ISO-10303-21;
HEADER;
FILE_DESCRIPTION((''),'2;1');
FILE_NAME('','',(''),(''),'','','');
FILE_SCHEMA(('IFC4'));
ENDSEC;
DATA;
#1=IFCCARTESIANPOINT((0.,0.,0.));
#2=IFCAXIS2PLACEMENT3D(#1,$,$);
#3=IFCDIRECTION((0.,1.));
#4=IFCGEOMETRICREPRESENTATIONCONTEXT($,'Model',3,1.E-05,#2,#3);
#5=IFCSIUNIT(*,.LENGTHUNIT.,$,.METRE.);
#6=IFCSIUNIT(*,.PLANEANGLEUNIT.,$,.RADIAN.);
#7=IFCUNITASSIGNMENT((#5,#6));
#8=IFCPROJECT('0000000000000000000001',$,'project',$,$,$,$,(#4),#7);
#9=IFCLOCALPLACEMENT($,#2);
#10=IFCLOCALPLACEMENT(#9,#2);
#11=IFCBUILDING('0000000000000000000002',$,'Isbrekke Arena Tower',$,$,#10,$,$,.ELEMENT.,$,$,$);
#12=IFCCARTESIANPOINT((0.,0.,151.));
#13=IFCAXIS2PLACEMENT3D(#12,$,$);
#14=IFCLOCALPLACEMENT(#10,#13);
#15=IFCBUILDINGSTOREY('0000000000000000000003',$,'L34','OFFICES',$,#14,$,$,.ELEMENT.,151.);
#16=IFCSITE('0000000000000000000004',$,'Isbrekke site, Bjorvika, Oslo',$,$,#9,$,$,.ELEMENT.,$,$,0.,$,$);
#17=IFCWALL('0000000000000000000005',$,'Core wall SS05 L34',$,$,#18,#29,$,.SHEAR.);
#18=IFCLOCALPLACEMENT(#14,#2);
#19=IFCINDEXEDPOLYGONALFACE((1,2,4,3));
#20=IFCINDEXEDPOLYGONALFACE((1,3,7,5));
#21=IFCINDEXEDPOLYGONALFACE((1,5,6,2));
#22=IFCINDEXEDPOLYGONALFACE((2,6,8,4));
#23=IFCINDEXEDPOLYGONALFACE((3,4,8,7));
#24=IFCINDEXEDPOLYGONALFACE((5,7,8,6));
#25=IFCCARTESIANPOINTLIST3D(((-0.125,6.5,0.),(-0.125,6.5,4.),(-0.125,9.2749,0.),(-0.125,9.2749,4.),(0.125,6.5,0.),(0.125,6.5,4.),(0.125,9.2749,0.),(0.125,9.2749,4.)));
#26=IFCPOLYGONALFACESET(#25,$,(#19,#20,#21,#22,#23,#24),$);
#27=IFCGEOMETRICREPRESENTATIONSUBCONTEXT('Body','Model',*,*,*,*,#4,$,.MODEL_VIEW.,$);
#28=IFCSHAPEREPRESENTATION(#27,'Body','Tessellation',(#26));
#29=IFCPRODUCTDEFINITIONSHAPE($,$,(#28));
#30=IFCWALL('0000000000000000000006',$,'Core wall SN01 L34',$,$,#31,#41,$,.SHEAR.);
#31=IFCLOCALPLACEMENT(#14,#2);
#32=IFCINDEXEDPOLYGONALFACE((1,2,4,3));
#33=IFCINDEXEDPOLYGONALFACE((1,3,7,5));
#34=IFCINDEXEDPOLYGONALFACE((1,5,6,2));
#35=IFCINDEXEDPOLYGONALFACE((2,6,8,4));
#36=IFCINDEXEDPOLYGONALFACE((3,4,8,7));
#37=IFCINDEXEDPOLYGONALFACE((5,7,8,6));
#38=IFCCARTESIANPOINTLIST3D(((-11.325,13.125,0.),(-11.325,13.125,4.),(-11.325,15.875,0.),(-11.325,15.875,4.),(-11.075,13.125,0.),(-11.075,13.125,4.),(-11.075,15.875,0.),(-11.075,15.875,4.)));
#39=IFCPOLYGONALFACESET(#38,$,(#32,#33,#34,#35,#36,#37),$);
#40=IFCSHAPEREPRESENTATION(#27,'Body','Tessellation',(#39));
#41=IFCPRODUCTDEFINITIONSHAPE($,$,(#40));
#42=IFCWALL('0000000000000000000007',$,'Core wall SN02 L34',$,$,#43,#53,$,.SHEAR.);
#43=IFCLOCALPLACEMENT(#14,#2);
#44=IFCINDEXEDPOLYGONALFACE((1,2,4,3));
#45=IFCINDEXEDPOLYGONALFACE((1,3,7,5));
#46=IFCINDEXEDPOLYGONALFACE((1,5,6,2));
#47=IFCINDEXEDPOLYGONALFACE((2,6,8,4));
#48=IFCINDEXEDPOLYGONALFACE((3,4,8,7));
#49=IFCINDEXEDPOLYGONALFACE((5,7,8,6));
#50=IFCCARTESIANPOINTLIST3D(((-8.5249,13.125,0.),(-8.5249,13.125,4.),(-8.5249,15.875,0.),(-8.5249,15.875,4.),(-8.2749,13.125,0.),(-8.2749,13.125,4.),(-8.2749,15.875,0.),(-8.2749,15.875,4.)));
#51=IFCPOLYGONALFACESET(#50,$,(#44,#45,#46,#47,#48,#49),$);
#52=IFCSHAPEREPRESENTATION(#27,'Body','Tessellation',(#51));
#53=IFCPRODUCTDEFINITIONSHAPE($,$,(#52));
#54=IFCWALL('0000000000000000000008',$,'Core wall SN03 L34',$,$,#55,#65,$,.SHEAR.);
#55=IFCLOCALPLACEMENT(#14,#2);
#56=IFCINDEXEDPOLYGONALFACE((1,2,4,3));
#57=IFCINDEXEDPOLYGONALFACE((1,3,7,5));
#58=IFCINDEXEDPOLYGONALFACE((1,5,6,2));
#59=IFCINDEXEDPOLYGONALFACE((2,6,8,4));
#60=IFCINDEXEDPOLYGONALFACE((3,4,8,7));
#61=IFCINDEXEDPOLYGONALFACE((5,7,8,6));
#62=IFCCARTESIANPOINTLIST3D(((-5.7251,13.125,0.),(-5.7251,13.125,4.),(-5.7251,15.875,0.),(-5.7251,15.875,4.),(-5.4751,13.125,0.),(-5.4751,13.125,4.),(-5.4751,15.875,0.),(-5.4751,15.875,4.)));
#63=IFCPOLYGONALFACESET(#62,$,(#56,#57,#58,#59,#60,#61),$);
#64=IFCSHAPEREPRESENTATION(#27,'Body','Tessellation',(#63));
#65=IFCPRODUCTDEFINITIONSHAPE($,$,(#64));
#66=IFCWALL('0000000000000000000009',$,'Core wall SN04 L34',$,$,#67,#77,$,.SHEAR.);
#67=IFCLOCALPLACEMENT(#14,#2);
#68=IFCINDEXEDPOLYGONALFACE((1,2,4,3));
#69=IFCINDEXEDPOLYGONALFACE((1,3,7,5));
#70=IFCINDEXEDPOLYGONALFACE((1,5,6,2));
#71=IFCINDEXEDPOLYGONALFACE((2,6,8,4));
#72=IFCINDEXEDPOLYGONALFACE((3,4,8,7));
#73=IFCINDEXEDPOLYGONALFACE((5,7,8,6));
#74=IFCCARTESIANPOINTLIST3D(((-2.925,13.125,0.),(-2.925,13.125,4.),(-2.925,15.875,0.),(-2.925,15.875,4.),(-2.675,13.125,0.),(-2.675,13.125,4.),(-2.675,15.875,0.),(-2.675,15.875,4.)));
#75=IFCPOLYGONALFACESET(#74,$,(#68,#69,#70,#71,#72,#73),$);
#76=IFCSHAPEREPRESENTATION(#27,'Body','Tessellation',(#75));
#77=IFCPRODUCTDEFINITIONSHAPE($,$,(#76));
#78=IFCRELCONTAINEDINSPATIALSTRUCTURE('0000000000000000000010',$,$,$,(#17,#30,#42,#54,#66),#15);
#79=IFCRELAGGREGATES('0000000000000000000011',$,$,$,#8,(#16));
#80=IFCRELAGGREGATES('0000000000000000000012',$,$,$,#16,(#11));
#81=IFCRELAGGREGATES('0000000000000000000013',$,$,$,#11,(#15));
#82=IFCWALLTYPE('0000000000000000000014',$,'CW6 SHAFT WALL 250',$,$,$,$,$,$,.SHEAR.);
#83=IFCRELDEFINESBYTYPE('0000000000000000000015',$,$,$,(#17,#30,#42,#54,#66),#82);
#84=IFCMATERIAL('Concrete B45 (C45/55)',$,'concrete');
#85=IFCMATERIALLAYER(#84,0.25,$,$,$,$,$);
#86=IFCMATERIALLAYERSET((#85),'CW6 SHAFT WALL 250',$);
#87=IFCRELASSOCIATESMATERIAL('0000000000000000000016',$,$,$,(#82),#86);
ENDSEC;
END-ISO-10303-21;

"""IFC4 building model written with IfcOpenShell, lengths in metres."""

from ifc_helpers import new_model, si_unit, direction, frame, frame_2d, origin, place, context, subcontext, project, spatial, rectangle, extrude, material, layer, layer_set, type_object, element, save


model = new_model("IFC4")

# Units and contexts
model_context = context("Model", 3, precision=1e-05, world=origin(), true_north=direction((0.0, 1.0)))
body_context = subcontext(model_context, "Body", "Model", "MODEL_VIEW")
ifc_project = project(units=[si_unit("LENGTHUNIT", "METRE"), si_unit("PLANEANGLEUNIT", "RADIAN")], contexts=[model_context])

# Site, building, storey
site_placement = place(None, origin())
site = spatial("IfcSite", under=ifc_project, at=site_placement, Name="Isbrekke site, Bjorvika, Oslo", CompositionType="ELEMENT", RefElevation=0.0)
building_placement = place(site_placement, origin())
building = spatial("IfcBuilding", under=site, at=building_placement, Name="Isbrekke Arena Tower", CompositionType="ELEMENT")
storey_placement = place(building_placement, frame((0.0, 0.0, 151.0)))
storey = spatial("IfcBuildingStorey", under=building, at=storey_placement, Name="L34", Description="OFFICES", CompositionType="ELEMENT", Elevation=151.0)

# Shared definitions
ifc_material_1 = material(Name="Concrete B45 (C45/55)", Category="concrete")
ifc_layer_1 = layer(ifc_material_1, 0.25)
ifc_layer_set_1 = layer_set([ifc_layer_1], Name="CW6 SHAFT WALL 250")
wall_type_1 = type_object("IfcWallType", Name="CW6 SHAFT WALL 250", PredefinedType="SHEAR", material=ifc_layer_set_1)

# Walls
for number, where, z_axis, x_axis, name in (
    (1, (0.0, 6.5, 0.0), (0.0, 0.0, 1.0), (0.0, 1.0, 0.0), "Core wall SS05 L34"),
):
    element("IfcWall", number, at=place(storey_placement, frame(where, z_axis=z_axis, x_axis=x_axis)), inside=storey, type_object=wall_type_1, Name=name, PredefinedType="SHEAR", context=body_context, shape_type="SweptSolid", body=[
        extrude(rectangle(XDim=2.7749, YDim=0.25, at=frame_2d((1.3875, 0.0))), origin(), (0.0, 0.0, 1.0), 4.0),
    ])
for number, where, z_axis, x_axis, name in (
    (2, (-11.2, 13.125, 0.0), (0.0, 0.0, 1.0), (0.0, 1.0, 0.0), "Core wall SN01 L34"),
    (3, (-8.3999, 13.125, 0.0), (0.0, 0.0, 1.0), (0.0, 1.0, 0.0), "Core wall SN02 L34"),
    (4, (-5.6001, 13.125, 0.0), (0.0, 0.0, 1.0), (0.0, 1.0, 0.0), "Core wall SN03 L34"),
    (5, (-2.8, 13.125, 0.0), (0.0, 0.0, 1.0), (0.0, 1.0, 0.0), "Core wall SN04 L34"),
):
    element("IfcWall", number, at=place(storey_placement, frame(where, z_axis=z_axis, x_axis=x_axis)), inside=storey, type_object=wall_type_1, Name=name, PredefinedType="SHEAR", context=body_context, shape_type="SweptSolid", body=[
        extrude(rectangle(XDim=2.75, YDim=0.25, at=frame_2d((1.375, 0.0))), origin(), (0.0, 0.0, 1.0), 4.0),
    ])

save(model, "model.ifc")
